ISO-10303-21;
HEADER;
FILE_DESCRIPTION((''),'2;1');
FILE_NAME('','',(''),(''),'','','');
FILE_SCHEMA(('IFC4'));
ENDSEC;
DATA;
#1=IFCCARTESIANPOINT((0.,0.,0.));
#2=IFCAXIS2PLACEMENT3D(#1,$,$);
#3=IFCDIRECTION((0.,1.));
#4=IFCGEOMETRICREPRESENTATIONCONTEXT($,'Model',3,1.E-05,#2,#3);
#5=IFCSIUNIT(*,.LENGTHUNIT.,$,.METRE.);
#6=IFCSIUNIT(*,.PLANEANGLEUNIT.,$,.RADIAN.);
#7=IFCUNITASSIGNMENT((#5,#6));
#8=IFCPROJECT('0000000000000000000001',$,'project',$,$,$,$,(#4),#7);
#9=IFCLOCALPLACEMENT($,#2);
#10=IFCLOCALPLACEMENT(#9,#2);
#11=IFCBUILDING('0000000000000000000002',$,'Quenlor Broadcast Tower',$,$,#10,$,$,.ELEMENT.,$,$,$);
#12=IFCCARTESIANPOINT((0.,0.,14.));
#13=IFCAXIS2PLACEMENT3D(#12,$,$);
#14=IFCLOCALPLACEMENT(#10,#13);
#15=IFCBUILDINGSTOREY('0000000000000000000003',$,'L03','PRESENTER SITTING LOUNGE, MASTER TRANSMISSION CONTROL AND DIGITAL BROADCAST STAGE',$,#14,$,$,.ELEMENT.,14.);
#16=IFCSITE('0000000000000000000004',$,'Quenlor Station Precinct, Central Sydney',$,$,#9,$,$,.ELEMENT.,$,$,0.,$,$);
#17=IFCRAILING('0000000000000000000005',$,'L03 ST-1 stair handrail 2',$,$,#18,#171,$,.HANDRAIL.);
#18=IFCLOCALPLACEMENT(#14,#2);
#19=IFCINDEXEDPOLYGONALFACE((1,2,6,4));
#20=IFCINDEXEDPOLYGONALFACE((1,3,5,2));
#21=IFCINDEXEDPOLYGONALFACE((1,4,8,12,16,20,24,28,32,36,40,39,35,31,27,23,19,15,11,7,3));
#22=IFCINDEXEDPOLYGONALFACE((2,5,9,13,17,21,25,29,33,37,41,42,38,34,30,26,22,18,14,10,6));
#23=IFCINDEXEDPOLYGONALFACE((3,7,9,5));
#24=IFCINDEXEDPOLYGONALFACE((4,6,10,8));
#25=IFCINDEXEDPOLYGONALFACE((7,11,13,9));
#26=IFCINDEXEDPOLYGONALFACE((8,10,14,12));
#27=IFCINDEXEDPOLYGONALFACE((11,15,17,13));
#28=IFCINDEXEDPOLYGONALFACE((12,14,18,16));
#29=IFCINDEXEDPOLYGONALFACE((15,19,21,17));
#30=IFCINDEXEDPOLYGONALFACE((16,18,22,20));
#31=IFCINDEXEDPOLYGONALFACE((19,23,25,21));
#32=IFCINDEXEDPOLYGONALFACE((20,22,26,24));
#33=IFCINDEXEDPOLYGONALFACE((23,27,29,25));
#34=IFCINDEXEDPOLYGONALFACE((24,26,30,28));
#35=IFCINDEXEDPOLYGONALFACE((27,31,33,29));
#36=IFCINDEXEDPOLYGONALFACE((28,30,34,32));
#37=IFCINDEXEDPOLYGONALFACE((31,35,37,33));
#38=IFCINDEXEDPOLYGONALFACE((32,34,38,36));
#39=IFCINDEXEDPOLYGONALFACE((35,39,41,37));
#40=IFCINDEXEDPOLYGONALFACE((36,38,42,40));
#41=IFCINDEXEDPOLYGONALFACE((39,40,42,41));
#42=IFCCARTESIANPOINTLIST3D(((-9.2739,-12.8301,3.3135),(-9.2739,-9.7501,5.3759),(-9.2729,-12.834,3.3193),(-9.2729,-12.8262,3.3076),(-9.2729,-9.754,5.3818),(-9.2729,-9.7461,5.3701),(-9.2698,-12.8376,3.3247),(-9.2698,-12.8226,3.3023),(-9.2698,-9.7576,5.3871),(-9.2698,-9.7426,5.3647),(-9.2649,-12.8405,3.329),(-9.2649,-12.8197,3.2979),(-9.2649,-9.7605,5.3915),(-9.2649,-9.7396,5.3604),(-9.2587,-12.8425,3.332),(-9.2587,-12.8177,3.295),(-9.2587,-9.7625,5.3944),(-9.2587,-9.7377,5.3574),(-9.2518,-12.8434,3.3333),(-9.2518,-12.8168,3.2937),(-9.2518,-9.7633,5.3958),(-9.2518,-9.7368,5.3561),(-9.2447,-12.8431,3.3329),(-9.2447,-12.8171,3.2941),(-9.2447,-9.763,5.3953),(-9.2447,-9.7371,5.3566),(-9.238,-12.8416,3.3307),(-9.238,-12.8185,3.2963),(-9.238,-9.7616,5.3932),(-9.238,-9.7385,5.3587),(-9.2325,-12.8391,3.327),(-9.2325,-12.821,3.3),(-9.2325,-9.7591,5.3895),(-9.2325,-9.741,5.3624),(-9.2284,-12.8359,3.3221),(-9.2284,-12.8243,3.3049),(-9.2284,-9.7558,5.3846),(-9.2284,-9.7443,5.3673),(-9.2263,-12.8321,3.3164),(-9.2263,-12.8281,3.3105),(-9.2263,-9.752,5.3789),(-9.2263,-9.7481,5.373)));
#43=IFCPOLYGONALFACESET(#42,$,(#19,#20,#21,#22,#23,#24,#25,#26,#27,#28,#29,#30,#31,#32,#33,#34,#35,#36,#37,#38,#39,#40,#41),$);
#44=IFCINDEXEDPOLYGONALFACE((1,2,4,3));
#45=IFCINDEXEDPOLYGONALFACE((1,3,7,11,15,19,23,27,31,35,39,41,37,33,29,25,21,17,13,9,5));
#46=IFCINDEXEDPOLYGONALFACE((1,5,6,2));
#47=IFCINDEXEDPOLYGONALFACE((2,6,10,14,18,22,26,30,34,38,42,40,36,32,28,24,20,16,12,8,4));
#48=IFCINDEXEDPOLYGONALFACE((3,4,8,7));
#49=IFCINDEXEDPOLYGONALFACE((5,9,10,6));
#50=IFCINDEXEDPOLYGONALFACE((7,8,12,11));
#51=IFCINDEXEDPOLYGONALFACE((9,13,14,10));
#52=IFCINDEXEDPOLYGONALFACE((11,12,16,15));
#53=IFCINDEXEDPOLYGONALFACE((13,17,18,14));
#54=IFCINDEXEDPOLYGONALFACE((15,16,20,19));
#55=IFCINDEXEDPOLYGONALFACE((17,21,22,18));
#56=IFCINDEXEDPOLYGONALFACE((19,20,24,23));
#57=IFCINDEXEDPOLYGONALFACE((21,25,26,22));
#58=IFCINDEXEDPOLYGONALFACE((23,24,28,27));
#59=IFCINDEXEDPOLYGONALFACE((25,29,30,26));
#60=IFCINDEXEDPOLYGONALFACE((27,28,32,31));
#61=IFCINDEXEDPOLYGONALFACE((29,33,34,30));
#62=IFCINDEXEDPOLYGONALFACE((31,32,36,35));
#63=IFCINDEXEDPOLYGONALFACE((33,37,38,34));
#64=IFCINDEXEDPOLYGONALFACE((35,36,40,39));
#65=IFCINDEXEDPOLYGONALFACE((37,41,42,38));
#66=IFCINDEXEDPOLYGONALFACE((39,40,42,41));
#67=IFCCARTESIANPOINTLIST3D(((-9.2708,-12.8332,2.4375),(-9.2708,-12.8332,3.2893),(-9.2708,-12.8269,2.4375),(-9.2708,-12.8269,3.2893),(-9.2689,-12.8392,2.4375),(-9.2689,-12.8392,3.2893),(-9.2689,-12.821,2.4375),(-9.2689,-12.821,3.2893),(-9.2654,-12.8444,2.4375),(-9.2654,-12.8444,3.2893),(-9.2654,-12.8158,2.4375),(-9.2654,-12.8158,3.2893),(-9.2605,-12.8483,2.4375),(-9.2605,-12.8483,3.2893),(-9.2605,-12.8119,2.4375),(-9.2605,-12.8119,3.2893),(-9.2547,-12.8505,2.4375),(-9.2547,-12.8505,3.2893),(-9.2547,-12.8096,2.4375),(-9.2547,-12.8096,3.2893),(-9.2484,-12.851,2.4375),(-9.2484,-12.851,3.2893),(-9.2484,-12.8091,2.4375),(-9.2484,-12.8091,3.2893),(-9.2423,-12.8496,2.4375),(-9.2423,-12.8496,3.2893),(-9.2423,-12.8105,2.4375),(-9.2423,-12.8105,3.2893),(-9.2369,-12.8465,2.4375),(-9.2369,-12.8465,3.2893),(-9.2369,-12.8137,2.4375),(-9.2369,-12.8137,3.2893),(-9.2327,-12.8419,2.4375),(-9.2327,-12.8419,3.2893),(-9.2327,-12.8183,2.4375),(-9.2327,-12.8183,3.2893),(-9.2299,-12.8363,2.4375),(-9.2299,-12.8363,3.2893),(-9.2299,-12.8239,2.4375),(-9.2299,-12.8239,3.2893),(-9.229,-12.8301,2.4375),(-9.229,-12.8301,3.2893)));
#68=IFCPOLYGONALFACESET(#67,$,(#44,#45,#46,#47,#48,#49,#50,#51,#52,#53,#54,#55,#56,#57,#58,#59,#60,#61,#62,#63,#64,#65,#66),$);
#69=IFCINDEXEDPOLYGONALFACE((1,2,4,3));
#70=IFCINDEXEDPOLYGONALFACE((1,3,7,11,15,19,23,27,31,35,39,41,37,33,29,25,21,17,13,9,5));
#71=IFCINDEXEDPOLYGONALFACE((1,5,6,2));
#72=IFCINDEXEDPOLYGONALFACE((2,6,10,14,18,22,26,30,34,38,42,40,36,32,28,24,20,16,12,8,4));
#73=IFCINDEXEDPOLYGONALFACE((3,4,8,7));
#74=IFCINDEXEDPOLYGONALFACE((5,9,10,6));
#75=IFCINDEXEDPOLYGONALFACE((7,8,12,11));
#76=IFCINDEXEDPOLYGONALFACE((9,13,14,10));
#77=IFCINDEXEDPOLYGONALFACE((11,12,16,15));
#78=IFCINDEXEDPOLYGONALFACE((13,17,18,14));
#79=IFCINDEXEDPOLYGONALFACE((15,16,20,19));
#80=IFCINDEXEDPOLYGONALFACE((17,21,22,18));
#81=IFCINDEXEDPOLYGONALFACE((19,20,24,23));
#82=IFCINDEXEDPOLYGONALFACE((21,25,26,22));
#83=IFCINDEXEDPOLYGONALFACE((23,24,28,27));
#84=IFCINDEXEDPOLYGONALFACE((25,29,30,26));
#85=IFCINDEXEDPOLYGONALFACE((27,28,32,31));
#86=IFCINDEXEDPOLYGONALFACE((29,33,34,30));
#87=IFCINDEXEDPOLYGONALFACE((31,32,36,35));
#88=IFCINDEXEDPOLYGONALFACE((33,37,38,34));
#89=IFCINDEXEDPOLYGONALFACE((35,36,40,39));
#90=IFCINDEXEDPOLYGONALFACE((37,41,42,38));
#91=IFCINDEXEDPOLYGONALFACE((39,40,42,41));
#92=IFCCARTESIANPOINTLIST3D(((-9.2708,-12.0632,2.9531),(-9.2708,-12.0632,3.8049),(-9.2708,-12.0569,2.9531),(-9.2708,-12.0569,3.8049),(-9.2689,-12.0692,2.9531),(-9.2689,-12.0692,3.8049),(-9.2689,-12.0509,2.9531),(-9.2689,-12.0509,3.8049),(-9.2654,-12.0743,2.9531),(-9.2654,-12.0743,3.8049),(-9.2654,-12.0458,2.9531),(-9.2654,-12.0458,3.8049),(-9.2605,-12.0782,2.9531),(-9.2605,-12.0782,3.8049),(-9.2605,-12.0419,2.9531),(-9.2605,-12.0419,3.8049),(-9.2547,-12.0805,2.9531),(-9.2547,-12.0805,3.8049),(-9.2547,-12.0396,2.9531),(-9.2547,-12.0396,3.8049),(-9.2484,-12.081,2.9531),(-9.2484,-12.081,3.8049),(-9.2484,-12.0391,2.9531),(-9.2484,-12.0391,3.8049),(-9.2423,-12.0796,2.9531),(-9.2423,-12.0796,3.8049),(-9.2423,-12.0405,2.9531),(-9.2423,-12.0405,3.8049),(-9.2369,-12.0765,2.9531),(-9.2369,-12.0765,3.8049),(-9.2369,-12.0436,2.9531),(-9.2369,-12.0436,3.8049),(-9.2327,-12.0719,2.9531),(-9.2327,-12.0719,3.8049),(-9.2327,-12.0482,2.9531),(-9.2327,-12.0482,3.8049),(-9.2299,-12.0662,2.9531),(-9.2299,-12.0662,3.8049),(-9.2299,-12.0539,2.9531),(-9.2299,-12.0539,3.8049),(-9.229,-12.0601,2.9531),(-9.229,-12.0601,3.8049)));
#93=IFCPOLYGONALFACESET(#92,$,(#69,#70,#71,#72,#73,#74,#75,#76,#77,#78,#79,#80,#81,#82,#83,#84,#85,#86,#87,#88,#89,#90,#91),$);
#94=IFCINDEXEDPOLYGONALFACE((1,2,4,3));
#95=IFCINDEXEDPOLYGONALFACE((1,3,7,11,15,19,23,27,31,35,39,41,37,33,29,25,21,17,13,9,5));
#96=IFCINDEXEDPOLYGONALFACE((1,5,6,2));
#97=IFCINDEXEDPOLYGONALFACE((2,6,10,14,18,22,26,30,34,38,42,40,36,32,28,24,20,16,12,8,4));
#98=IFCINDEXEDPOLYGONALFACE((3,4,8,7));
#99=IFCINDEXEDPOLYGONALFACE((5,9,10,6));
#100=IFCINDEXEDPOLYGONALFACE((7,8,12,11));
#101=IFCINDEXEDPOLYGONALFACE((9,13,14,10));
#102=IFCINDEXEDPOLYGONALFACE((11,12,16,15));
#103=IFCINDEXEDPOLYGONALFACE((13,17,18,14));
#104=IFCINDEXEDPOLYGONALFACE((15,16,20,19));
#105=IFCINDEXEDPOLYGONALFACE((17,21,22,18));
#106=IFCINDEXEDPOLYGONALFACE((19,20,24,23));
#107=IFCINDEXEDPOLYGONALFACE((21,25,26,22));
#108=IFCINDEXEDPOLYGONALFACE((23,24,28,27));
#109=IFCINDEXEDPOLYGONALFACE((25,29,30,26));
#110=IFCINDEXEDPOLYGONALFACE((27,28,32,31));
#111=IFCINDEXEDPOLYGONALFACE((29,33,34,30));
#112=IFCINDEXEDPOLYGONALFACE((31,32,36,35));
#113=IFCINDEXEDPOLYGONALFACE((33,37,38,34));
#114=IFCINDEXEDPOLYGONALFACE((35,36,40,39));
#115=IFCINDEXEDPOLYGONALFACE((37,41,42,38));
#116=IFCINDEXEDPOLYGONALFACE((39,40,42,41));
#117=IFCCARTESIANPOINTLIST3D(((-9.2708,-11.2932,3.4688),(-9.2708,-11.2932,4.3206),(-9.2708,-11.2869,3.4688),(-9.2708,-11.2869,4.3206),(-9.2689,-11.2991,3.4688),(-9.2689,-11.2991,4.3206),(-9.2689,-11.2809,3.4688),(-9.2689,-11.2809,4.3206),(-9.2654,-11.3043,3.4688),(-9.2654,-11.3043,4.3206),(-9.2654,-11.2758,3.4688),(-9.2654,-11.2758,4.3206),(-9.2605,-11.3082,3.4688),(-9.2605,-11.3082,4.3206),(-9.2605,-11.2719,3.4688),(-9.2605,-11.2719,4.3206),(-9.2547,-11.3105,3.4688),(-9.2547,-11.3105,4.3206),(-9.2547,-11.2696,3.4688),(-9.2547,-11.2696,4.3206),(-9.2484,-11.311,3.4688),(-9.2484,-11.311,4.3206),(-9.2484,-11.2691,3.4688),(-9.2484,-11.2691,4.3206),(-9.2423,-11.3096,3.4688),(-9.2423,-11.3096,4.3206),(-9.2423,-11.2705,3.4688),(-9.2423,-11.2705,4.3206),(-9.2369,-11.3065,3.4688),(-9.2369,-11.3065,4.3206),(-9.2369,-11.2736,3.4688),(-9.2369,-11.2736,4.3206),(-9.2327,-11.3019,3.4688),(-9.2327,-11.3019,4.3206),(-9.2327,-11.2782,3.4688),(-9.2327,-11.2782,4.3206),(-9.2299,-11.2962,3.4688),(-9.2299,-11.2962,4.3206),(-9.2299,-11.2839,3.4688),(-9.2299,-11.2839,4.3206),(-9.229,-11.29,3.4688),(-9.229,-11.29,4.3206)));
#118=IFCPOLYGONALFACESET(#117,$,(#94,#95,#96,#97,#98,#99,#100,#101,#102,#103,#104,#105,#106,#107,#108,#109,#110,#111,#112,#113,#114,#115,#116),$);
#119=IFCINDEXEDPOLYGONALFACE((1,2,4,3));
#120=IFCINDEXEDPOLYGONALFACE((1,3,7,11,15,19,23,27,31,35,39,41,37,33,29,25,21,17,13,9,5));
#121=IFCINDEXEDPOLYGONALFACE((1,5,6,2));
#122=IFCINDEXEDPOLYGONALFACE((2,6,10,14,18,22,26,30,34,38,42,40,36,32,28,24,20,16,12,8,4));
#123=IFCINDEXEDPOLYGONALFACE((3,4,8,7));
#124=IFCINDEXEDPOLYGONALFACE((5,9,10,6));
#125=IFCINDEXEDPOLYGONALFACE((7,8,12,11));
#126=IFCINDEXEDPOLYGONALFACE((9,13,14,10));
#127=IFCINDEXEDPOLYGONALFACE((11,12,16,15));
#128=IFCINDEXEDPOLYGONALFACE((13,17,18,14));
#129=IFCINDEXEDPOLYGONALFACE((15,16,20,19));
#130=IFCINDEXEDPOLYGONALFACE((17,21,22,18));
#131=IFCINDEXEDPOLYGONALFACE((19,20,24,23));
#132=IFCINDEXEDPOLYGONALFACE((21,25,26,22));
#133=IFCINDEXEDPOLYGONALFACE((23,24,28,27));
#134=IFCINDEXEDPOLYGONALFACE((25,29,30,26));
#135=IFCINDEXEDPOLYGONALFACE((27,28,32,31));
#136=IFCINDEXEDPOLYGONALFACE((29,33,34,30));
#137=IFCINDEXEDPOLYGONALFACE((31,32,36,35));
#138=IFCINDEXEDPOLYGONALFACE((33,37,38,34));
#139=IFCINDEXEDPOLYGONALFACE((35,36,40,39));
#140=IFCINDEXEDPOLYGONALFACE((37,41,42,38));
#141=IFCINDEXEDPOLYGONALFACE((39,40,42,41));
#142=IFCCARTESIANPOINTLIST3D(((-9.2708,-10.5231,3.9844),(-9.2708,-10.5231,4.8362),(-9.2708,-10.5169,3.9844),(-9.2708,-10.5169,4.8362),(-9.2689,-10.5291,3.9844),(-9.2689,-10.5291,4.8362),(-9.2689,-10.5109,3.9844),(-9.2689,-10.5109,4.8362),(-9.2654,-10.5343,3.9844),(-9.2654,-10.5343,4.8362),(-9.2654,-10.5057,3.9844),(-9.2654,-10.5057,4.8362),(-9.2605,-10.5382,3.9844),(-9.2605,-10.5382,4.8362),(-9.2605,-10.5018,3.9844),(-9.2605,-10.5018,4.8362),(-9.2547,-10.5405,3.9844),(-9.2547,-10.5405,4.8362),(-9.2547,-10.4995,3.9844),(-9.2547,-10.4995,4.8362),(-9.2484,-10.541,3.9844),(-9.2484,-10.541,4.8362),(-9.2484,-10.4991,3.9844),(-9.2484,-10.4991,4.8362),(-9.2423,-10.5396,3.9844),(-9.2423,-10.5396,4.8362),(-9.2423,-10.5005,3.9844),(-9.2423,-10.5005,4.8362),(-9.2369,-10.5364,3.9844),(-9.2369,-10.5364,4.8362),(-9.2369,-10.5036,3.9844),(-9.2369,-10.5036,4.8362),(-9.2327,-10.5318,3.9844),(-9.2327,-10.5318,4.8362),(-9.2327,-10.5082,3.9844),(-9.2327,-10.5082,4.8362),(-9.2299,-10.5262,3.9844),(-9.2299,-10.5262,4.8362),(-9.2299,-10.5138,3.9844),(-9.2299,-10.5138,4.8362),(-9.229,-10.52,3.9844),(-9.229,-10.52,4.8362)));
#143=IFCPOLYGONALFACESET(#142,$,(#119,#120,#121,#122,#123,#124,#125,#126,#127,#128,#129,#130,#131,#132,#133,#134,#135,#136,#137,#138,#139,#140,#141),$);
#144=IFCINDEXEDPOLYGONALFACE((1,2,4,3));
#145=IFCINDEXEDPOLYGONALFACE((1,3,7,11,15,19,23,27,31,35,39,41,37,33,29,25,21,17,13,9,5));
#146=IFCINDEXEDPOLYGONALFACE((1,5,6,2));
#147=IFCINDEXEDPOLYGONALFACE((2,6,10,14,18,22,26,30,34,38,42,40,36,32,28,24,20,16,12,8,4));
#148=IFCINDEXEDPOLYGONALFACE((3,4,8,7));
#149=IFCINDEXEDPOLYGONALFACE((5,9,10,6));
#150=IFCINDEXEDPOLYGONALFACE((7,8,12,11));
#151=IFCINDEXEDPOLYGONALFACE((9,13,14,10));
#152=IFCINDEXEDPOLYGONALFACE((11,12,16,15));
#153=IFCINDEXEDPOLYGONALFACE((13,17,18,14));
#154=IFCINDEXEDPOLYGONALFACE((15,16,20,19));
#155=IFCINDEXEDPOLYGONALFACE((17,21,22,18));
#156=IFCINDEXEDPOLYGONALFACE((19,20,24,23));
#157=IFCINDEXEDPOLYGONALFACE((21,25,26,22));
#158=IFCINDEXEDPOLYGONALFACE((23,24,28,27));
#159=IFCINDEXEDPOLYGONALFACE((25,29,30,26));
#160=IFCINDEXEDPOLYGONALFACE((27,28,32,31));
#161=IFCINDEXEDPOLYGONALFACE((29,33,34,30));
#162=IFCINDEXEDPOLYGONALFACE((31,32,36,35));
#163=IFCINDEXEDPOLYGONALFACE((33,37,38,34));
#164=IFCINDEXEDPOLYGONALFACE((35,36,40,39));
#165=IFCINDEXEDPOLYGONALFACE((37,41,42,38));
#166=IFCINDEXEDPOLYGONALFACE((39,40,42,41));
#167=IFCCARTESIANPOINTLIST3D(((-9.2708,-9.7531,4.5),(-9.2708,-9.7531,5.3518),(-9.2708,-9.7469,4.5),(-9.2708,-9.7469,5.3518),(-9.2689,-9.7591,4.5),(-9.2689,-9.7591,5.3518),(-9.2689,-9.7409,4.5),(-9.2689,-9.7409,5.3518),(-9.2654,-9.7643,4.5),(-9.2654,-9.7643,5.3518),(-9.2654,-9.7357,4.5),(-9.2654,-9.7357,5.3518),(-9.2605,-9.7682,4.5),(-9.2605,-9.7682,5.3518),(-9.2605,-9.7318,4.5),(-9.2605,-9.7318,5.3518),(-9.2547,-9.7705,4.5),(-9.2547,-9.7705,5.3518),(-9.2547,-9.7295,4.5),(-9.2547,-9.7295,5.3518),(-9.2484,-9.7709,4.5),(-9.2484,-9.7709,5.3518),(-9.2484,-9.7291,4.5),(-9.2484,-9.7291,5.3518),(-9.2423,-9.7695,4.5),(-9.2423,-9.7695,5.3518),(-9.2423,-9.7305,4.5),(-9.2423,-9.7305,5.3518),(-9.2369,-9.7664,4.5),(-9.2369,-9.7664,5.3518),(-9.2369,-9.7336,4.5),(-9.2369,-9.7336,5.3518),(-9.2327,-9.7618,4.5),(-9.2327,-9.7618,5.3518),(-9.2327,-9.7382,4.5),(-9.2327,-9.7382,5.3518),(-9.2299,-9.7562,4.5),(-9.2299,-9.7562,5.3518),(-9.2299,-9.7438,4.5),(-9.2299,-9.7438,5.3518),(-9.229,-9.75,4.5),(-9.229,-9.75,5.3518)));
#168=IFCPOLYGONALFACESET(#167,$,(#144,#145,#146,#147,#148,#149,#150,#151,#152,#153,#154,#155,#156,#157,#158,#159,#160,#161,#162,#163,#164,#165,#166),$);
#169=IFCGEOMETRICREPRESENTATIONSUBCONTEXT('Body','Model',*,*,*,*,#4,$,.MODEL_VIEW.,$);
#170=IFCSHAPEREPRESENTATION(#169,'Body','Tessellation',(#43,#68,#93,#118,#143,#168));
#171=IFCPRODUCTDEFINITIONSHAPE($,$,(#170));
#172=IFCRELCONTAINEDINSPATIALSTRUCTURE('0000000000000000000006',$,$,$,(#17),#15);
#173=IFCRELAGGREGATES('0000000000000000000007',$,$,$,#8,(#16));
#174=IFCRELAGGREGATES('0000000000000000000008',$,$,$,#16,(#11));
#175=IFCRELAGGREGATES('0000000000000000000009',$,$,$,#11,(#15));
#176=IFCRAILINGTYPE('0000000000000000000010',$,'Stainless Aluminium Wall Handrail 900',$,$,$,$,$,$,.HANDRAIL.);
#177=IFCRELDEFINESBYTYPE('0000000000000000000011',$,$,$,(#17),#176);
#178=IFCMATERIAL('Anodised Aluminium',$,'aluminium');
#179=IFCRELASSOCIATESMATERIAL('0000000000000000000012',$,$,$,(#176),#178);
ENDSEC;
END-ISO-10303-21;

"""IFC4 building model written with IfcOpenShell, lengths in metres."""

from ifc_helpers import new_model, si_unit, direction, frame, origin, origin_2d, place, context, subcontext, project, spatial, circle, extrude, material, type_object, element, save


model = new_model("IFC4")

# Units and contexts
model_context = context("Model", 3, precision=1e-05, world=origin(), true_north=direction((0.0, 1.0)))
body_context = subcontext(model_context, "Body", "Model", "MODEL_VIEW")
ifc_project = project(units=[si_unit("LENGTHUNIT", "METRE"), si_unit("PLANEANGLEUNIT", "RADIAN")], contexts=[model_context])

# Site, building, storey
site_placement = place(None, origin())
site = spatial("IfcSite", under=ifc_project, at=site_placement, Name="Quenlor Station Precinct, Central Sydney", CompositionType="ELEMENT", RefElevation=0.0)
building_placement = place(site_placement, origin())
building = spatial("IfcBuilding", under=site, at=building_placement, Name="Quenlor Broadcast Tower", CompositionType="ELEMENT")
storey_placement = place(building_placement, frame((0.0, 0.0, 14.0)))
storey = spatial("IfcBuildingStorey", under=building, at=storey_placement, Name="L03", Description="PRESENTER SITTING LOUNGE, MASTER TRANSMISSION CONTROL AND DIGITAL BROADCAST STAGE", CompositionType="ELEMENT", Elevation=14.0)

# Railing
ifc_material_1 = material(Name="Anodised Aluminium", Category="aluminium")
railing_type_1 = type_object("IfcRailingType", Name="Stainless Aluminium Wall Handrail 900", PredefinedType="HANDRAIL", material=ifc_material_1)
railing_1_placement = place(storey_placement, frame((-9.25, -12.8301, 2.4375)))
element("IfcRailing", 1, at=railing_1_placement, inside=storey, type_object=railing_type_1, Name="L03 ST-1 stair handrail 2", PredefinedType="HANDRAIL", context=body_context, shape_type="SweptSolid", body=[
    extrude(circle(Radius=0.0239, at=origin_2d()), frame((0.0, 0.0, 0.876), z_axis=(0.0, 0.830914, 0.556401), x_axis=(-1.0, 0.0, 0.0)), (0.0, 0.0, 1.0), 3.7068),
    extrude(circle(Radius=0.021, at=origin_2d()), origin(), (0.0, 0.0, 1.0), 0.8518),
    extrude(circle(Radius=0.021, at=origin_2d()), frame((0.0, 0.77, 0.5156)), (0.0, 0.0, 1.0), 0.8518),
    extrude(circle(Radius=0.021, at=origin_2d()), frame((0.0, 1.54, 1.0312)), (0.0, 0.0, 1.0), 0.8518),
    extrude(circle(Radius=0.021, at=origin_2d()), frame((0.0, 2.3101, 1.5469)), (0.0, 0.0, 1.0), 0.8518),
    extrude(circle(Radius=0.021, at=origin_2d()), frame((0.0, 3.0801, 2.0625)), (0.0, 0.0, 1.0), 0.8518),
])

save(model, "model.ifc")
